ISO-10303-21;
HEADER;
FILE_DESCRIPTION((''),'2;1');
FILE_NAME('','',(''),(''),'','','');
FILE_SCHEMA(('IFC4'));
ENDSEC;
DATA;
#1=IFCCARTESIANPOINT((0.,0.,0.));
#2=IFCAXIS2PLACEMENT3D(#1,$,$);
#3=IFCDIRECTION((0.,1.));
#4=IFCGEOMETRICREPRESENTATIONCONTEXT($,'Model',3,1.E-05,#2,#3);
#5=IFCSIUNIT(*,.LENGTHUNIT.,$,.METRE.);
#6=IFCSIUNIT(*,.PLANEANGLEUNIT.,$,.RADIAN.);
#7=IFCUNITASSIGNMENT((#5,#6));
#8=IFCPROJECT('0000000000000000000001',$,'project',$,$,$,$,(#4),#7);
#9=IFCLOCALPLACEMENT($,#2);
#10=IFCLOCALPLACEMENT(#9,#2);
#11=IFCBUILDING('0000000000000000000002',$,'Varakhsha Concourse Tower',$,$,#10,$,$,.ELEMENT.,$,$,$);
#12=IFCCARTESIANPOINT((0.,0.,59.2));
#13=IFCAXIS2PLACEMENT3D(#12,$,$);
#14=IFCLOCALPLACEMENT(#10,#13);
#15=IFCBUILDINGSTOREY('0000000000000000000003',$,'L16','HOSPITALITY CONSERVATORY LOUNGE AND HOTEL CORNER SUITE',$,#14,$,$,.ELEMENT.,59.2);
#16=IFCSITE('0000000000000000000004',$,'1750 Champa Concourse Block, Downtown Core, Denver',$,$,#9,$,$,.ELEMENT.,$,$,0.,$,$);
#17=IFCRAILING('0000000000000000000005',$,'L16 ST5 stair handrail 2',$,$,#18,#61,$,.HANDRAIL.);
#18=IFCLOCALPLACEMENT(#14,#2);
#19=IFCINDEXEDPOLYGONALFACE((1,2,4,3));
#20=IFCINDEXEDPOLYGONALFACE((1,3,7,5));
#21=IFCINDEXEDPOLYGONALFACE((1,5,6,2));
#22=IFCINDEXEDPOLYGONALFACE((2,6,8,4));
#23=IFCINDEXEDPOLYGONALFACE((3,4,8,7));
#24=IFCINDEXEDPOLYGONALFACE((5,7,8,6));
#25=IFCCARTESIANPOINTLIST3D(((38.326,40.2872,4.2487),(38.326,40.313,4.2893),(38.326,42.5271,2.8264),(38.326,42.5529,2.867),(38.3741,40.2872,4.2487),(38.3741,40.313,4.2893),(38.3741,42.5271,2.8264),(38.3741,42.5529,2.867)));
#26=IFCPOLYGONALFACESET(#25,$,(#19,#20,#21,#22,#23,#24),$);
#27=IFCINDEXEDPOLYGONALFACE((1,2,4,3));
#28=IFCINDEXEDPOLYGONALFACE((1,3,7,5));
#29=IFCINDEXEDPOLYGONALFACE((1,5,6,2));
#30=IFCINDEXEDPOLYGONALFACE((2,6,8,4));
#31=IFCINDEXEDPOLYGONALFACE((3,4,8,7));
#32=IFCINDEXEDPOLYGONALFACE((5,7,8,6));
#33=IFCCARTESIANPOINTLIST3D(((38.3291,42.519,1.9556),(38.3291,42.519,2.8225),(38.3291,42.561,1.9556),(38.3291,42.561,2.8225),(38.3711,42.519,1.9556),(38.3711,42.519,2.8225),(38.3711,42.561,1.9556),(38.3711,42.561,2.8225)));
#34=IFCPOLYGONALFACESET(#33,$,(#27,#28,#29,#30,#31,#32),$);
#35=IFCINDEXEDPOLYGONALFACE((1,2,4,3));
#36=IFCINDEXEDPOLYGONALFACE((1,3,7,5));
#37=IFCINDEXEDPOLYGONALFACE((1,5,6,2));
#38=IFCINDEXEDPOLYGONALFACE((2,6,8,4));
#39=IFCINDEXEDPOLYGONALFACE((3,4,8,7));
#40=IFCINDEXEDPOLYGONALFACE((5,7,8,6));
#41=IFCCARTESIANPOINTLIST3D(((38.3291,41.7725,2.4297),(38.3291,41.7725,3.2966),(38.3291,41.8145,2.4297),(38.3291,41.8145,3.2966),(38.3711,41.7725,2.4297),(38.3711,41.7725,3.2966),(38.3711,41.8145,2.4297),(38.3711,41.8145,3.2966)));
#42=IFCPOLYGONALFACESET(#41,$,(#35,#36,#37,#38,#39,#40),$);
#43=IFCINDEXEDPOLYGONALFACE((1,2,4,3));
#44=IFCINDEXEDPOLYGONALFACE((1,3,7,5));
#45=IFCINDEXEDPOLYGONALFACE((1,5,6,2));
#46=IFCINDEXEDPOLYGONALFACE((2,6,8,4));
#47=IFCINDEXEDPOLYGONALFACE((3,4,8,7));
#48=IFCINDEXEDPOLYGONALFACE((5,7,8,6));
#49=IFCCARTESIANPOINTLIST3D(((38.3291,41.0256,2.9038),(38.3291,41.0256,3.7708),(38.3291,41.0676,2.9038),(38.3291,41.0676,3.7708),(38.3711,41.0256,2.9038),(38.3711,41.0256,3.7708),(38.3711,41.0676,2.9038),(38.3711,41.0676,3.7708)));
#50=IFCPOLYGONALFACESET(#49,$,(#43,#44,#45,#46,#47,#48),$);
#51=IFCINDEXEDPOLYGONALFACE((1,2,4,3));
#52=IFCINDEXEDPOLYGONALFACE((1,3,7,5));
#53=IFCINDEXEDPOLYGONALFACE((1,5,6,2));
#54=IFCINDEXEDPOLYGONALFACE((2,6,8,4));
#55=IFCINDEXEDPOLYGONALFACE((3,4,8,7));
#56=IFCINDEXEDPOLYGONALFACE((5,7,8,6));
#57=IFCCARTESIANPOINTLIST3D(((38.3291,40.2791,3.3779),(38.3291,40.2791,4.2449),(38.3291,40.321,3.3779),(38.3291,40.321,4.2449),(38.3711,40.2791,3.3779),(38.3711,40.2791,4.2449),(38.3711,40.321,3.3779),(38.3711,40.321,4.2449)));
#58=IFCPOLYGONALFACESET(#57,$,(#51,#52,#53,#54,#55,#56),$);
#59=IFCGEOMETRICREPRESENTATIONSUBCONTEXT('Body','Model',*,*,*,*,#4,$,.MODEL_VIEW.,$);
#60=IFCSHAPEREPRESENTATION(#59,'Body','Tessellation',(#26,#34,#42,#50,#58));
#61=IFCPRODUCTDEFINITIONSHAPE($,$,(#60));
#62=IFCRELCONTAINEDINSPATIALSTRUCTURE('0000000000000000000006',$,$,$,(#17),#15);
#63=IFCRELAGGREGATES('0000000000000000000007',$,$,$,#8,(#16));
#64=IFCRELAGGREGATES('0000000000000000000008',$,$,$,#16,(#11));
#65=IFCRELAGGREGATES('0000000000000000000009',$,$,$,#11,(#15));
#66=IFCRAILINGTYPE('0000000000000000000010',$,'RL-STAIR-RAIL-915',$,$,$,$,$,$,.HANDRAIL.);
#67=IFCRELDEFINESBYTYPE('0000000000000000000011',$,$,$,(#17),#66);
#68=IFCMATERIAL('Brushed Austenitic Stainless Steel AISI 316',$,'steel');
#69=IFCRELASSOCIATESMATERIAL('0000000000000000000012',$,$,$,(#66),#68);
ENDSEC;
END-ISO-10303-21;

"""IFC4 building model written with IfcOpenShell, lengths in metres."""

from ifc_helpers import new_model, si_unit, direction, frame, origin, origin_2d, place, context, subcontext, project, spatial, rectangle, extrude, material, type_object, element, save


model = new_model("IFC4")

# Units and contexts
model_context = context("Model", 3, precision=1e-05, world=origin(), true_north=direction((0.0, 1.0)))
body_context = subcontext(model_context, "Body", "Model", "MODEL_VIEW")
ifc_project = project(units=[si_unit("LENGTHUNIT", "METRE"), si_unit("PLANEANGLEUNIT", "RADIAN")], contexts=[model_context])

# Site, building, storey
site_placement = place(None, origin())
site = spatial("IfcSite", under=ifc_project, at=site_placement, Name="1750 Champa Concourse Block, Downtown Core, Denver", CompositionType="ELEMENT", RefElevation=0.0)
building_placement = place(site_placement, origin())
building = spatial("IfcBuilding", under=site, at=building_placement, Name="Varakhsha Concourse Tower", CompositionType="ELEMENT")
storey_placement = place(building_placement, frame((0.0, 0.0, 59.2)))
storey = spatial("IfcBuildingStorey", under=building, at=storey_placement, Name="L16", Description="HOSPITALITY CONSERVATORY LOUNGE AND HOTEL CORNER SUITE", CompositionType="ELEMENT", Elevation=59.2)

# Railing
ifc_material_1 = material(Name="Brushed Austenitic Stainless Steel AISI 316", Category="steel")
railing_type = type_object("IfcRailingType", Name="RL-STAIR-RAIL-915", PredefinedType="HANDRAIL", material=ifc_material_1)
railing_placement = place(storey_placement, frame((38.3501, 42.54, 1.9556)))
element("IfcRailing", 1, at=railing_placement, inside=storey, type_object=railing_type, Name="L16 ST5 stair handrail 2", PredefinedType="HANDRAIL", context=body_context, shape_type="SweptSolid", body=[
    extrude(rectangle(XDim=0.0481, YDim=0.0481, at=origin_2d()), frame((0.0, 0.0, 0.8911), z_axis=(0.0, -0.844188, 0.536048), x_axis=(1.0, 0.0, 0.0)), (0.0, 0.0, 1.0), 2.6533),
    extrude(rectangle(XDim=0.042, YDim=0.042, at=origin_2d()), origin(), (0.0, 0.0, 1.0), 0.8669),
    extrude(rectangle(XDim=0.042, YDim=0.042, at=origin_2d()), frame((0.0, -0.7466, 0.4741)), (0.0, 0.0, 1.0), 0.8669),
    extrude(rectangle(XDim=0.042, YDim=0.042, at=origin_2d()), frame((0.0, -1.4934, 0.9482)), (0.0, 0.0, 1.0), 0.8669),
    extrude(rectangle(XDim=0.042, YDim=0.042, at=origin_2d()), frame((0.0, -2.24, 1.4224)), (0.0, 0.0, 1.0), 0.8669),
])

save(model, "model.ifc")
